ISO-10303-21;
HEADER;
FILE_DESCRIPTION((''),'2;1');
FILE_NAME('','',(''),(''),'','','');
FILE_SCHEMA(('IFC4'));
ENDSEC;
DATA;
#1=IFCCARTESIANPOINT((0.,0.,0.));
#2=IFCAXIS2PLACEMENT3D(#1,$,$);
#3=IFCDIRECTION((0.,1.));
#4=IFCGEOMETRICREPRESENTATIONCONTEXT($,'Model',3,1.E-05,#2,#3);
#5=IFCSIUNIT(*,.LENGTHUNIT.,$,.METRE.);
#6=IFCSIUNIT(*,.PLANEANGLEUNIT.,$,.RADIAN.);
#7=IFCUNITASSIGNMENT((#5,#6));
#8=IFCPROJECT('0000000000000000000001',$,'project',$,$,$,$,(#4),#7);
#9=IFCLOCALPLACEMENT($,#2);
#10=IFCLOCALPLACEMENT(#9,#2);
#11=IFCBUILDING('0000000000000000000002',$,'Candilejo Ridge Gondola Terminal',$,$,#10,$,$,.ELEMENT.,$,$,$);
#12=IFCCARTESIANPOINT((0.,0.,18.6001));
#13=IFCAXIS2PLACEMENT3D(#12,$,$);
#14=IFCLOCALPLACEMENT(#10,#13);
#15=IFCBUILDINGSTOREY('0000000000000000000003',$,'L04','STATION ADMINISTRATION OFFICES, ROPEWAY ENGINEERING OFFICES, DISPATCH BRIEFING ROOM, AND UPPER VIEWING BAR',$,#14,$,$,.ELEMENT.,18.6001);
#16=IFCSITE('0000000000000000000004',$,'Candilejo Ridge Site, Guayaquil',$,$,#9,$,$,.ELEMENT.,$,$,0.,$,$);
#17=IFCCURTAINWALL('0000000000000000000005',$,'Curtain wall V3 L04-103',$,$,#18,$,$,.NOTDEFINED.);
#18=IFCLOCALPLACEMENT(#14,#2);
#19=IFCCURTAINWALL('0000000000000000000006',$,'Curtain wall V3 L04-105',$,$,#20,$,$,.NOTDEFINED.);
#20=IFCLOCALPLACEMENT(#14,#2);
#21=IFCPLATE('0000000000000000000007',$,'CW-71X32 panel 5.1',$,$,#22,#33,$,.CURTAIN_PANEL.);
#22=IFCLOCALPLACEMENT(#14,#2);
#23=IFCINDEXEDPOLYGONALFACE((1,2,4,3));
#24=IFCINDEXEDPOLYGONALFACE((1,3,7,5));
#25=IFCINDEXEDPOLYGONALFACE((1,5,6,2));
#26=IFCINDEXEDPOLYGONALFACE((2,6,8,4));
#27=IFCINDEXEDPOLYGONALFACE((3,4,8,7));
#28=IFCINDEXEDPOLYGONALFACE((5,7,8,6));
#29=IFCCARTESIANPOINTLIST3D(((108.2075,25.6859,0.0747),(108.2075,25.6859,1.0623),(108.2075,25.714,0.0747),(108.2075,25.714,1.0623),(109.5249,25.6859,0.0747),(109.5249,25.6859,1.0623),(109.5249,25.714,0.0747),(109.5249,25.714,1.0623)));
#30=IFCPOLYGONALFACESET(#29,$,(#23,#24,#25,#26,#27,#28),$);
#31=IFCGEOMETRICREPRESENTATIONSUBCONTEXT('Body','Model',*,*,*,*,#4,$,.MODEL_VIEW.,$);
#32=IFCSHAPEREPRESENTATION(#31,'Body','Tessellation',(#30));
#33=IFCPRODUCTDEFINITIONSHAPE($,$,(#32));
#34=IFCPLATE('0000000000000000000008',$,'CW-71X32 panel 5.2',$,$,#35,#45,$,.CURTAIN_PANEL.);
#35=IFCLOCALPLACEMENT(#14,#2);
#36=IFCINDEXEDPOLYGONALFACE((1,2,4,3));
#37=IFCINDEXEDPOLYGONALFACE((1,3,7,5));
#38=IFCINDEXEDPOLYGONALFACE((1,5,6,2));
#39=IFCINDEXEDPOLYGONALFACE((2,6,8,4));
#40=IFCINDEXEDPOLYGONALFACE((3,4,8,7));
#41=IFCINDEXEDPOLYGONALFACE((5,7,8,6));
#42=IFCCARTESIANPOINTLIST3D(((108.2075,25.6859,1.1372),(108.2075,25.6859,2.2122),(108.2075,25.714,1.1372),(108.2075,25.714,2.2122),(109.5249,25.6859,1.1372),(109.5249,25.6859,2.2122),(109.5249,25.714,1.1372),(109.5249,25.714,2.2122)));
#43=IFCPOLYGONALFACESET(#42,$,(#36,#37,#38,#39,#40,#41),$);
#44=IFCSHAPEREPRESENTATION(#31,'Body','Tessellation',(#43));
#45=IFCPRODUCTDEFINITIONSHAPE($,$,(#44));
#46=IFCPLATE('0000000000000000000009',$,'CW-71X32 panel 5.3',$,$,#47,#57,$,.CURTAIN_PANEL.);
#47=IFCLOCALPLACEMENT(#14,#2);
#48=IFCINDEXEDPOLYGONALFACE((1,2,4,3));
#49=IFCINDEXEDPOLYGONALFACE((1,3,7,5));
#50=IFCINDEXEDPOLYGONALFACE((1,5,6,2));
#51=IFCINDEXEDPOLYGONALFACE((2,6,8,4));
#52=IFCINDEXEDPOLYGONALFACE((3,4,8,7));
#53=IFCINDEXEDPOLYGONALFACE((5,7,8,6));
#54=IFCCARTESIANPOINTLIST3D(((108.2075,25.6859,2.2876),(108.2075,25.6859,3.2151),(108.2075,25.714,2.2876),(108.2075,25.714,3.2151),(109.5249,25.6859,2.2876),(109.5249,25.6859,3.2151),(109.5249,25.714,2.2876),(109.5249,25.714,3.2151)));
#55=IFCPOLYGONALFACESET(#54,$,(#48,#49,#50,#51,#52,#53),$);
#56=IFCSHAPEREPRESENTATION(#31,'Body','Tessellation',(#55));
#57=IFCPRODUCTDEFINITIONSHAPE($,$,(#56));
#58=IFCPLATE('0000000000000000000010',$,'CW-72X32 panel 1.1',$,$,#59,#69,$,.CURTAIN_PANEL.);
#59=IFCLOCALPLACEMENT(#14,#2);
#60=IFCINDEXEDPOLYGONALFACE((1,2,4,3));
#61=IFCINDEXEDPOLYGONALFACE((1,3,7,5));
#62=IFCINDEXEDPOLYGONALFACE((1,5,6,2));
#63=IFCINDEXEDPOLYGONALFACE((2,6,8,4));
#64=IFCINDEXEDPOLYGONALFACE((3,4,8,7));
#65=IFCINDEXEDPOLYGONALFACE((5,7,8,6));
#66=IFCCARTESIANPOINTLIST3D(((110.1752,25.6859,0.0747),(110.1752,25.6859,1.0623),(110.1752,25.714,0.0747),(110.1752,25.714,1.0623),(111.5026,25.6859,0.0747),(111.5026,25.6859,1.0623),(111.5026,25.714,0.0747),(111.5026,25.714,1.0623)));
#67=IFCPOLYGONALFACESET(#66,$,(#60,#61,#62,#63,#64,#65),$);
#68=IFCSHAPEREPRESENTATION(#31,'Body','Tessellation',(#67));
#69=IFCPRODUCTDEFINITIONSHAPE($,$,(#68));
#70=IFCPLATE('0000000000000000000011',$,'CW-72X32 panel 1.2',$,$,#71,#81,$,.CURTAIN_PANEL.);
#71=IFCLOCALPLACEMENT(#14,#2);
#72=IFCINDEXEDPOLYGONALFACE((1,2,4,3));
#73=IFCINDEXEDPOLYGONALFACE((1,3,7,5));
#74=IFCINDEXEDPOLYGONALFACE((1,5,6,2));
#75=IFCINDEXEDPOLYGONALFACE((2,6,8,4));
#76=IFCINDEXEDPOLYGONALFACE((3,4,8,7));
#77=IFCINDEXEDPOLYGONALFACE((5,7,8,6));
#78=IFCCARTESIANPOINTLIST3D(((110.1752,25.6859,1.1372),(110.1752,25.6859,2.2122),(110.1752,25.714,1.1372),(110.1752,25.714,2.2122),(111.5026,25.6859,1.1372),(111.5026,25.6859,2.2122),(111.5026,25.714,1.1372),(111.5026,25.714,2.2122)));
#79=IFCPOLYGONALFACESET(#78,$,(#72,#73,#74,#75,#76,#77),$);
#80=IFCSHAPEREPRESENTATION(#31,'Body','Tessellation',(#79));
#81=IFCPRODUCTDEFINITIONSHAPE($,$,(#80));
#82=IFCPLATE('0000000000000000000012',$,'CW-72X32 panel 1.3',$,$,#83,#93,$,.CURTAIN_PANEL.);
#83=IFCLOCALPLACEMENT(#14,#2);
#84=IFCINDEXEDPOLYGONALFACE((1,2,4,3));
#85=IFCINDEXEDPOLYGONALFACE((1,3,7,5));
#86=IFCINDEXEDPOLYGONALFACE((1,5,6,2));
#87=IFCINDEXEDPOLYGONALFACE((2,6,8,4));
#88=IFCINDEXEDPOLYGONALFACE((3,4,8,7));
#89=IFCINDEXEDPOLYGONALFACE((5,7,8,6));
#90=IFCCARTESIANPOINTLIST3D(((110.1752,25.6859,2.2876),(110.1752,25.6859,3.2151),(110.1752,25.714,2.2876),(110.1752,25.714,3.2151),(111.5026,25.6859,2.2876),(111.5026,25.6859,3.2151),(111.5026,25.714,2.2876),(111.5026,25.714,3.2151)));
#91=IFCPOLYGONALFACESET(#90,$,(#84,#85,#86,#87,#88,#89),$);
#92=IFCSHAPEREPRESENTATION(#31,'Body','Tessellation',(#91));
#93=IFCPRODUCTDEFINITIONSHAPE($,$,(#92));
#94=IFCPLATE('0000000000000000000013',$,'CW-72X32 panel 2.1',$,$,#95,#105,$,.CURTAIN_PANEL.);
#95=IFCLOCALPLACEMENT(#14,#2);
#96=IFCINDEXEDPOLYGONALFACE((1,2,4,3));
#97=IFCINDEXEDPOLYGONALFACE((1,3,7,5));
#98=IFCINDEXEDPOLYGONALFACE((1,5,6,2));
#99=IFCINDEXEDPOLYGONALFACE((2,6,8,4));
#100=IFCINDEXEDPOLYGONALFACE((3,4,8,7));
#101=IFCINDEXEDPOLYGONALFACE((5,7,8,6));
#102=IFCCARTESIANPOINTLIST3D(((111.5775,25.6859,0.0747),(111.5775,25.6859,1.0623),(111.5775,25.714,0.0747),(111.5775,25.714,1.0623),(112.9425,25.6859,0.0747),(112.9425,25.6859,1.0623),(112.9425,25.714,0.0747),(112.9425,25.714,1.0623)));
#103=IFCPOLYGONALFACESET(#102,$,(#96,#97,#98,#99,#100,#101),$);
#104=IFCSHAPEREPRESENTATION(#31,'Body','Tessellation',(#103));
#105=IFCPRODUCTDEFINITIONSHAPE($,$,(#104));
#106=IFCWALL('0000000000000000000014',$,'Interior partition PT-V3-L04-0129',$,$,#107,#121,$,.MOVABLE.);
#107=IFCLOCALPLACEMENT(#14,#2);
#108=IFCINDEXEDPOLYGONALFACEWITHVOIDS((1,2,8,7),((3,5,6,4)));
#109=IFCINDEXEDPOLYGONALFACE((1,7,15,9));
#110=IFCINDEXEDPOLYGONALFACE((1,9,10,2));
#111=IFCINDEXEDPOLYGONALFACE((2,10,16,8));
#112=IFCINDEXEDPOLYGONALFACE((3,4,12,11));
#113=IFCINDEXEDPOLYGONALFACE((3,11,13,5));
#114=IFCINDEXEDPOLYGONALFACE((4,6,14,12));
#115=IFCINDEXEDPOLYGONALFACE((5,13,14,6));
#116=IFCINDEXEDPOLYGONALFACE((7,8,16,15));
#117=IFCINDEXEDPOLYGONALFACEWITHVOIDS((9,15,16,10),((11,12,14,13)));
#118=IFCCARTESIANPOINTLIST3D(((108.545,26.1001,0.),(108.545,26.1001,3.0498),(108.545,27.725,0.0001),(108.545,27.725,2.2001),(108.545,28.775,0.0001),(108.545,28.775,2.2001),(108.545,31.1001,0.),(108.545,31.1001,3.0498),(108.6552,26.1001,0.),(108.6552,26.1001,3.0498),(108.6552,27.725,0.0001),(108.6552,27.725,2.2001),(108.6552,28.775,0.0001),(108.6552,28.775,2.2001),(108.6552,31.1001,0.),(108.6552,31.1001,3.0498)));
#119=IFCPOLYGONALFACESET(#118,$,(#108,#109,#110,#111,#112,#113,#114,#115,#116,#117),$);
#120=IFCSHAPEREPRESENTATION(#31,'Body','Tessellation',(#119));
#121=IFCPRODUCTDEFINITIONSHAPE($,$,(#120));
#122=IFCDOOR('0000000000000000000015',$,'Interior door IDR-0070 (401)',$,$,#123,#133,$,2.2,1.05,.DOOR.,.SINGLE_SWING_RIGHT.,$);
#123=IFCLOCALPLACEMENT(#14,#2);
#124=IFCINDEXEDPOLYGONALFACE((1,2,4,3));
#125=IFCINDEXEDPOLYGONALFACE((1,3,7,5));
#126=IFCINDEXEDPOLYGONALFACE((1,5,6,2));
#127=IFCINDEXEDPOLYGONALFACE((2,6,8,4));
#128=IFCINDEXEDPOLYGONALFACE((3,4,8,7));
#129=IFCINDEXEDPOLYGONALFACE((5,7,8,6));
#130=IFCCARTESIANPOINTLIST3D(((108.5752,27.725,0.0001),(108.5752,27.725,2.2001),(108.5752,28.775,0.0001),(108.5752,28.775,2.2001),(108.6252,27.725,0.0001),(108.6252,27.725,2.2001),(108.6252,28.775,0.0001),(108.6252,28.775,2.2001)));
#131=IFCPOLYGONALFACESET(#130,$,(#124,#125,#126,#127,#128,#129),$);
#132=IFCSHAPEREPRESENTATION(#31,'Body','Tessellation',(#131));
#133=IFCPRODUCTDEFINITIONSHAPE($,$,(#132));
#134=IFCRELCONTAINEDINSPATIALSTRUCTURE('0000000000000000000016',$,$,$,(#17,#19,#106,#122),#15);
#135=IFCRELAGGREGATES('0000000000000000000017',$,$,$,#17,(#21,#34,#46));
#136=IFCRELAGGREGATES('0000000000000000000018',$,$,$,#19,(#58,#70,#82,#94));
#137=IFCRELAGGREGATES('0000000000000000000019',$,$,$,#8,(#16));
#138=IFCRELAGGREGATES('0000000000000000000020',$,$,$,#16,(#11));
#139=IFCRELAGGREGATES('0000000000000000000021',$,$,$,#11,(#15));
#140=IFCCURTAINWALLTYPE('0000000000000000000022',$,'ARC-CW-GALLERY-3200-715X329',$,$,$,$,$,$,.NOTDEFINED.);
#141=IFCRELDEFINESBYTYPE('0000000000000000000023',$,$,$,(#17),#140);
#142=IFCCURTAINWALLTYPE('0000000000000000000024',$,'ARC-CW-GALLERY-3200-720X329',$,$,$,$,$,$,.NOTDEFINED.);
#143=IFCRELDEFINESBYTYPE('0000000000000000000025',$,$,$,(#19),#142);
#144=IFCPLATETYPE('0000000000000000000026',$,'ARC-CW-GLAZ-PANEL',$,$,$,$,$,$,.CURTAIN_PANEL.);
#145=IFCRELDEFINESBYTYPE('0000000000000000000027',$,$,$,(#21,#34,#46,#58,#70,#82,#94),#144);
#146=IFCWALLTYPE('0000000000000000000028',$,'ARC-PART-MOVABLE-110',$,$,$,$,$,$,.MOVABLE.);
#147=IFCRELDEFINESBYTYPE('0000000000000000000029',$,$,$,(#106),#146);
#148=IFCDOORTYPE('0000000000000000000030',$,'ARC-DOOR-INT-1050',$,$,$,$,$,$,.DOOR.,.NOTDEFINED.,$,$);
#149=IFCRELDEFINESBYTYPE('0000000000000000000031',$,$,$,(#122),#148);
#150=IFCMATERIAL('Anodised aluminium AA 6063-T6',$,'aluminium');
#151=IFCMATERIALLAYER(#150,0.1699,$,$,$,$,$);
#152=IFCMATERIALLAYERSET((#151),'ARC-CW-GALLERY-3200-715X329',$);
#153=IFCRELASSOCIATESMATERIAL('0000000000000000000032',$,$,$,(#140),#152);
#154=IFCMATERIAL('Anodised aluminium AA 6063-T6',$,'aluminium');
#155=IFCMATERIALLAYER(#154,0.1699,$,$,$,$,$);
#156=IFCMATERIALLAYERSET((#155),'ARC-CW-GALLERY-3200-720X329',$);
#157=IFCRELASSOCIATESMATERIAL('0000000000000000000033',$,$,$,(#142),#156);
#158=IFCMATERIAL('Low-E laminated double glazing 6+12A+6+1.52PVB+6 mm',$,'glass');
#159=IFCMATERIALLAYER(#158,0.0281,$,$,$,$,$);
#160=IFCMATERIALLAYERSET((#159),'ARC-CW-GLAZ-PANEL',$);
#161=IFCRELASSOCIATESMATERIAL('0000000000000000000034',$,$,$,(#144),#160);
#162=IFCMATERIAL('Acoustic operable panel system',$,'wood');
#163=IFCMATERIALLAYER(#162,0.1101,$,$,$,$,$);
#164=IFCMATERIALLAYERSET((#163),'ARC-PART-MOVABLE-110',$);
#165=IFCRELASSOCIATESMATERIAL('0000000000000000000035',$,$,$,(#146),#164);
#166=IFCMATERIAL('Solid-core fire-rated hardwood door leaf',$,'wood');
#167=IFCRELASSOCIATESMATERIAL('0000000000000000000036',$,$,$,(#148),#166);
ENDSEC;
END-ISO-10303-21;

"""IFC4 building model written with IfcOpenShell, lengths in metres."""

from ifc_helpers import new_model, si_unit, direction, frame, frame_2d, origin, origin_2d, place, context, subcontext, project, spatial, rectangle, extrude, material, layer, layer_set, type_object, element, fill, aggregate, save


model = new_model("IFC4")

# Units and contexts
model_context = context("Model", 3, precision=1e-05, world=origin(), true_north=direction((0.0, 1.0)))
body_context = subcontext(model_context, "Body", "Model", "MODEL_VIEW")
ifc_project = project(units=[si_unit("LENGTHUNIT", "METRE"), si_unit("PLANEANGLEUNIT", "RADIAN")], contexts=[model_context])

# Site, building, storey
site_placement = place(None, origin())
site = spatial("IfcSite", under=ifc_project, at=site_placement, Name="Candilejo Ridge Site, Guayaquil", CompositionType="ELEMENT", RefElevation=0.0)
building_placement = place(site_placement, origin())
building = spatial("IfcBuilding", under=site, at=building_placement, Name="Candilejo Ridge Gondola Terminal", CompositionType="ELEMENT")
storey_placement = place(building_placement, frame((0.0, 0.0, 18.6001)))
storey = spatial("IfcBuildingStorey", under=building, at=storey_placement, Name="L04", Description="STATION ADMINISTRATION OFFICES, ROPEWAY ENGINEERING OFFICES, DISPATCH BRIEFING ROOM, AND UPPER VIEWING BAR", CompositionType="ELEMENT", Elevation=18.6001)

# Curtain walls
ifc_material_1 = material(Name="Anodised aluminium AA 6063-T6", Category="aluminium")
ifc_layer_1 = layer(ifc_material_1, 0.1699)
ifc_layer_set_1 = layer_set([ifc_layer_1], Name="ARC-CW-GALLERY-3200-715X329")
curtain_wall_type_1 = type_object("IfcCurtainWallType", Name="ARC-CW-GALLERY-3200-715X329", PredefinedType="NOTDEFINED", material=ifc_layer_set_1)
curtain_wall_1_placement = place(storey_placement, origin())
curtain_wall_1 = element("IfcCurtainWall", 1, at=curtain_wall_1_placement, inside=storey, type_object=curtain_wall_type_1, Name="Curtain wall V3 L04-103", PredefinedType="NOTDEFINED")
ifc_material_2 = material(Name="Anodised aluminium AA 6063-T6", Category="aluminium")
ifc_layer_2 = layer(ifc_material_2, 0.1699)
ifc_layer_set_2 = layer_set([ifc_layer_2], Name="ARC-CW-GALLERY-3200-720X329")
curtain_wall_type_2 = type_object("IfcCurtainWallType", Name="ARC-CW-GALLERY-3200-720X329", PredefinedType="NOTDEFINED", material=ifc_layer_set_2)
curtain_wall_2_placement = place(storey_placement, origin())
curtain_wall_2 = element("IfcCurtainWall", 2, at=curtain_wall_2_placement, inside=storey, type_object=curtain_wall_type_2, Name="Curtain wall V3 L04-105", PredefinedType="NOTDEFINED")

# Plates
ifc_material_3 = material(Name="Low-E laminated double glazing 6+12A+6+1.52PVB+6 mm", Category="glass")
ifc_layer_3 = layer(ifc_material_3, 0.0281)
ifc_layer_set_3 = layer_set([ifc_layer_3], Name="ARC-CW-GLAZ-PANEL")
plate_type = type_object("IfcPlateType", Name="ARC-CW-GLAZ-PANEL", PredefinedType="CURTAIN_PANEL", material=ifc_layer_set_3)
plate_1_placement = place(storey_placement, frame((108.8662, 25.7, 0.0747), z_axis=(0.0, 0.0, 1.0), x_axis=(1.0, 0.0, 0.0)))
plate_1 = element("IfcPlate", 3, at=plate_1_placement, type_object=plate_type, Name="CW-71X32 panel 5.1", PredefinedType="CURTAIN_PANEL", context=body_context, shape_type="SweptSolid", body=[
    extrude(rectangle(XDim=1.3174, YDim=0.0281, at=origin_2d()), origin(), (0.0, 0.0, 1.0), 0.9875),
])
plate_2_placement = place(storey_placement, frame((108.8662, 25.7, 1.1372), z_axis=(0.0, 0.0, 1.0), x_axis=(1.0, 0.0, 0.0)))
plate_2 = element("IfcPlate", 4, at=plate_2_placement, type_object=plate_type, Name="CW-71X32 panel 5.2", PredefinedType="CURTAIN_PANEL", context=body_context, shape_type="SweptSolid", body=[
    extrude(rectangle(XDim=1.3174, YDim=0.0281, at=origin_2d()), origin(), (0.0, 0.0, 1.0), 1.075),
])
plate_3_placement = place(storey_placement, frame((108.8662, 25.7, 2.2876), z_axis=(0.0, 0.0, 1.0), x_axis=(1.0, 0.0, 0.0)))
plate_3 = element("IfcPlate", 5, at=plate_3_placement, type_object=plate_type, Name="CW-71X32 panel 5.3", PredefinedType="CURTAIN_PANEL", context=body_context, shape_type="SweptSolid", body=[
    extrude(rectangle(XDim=1.3174, YDim=0.0281, at=origin_2d()), origin(), (0.0, 0.0, 1.0), 0.9275),
])
aggregate(curtain_wall_1, [plate_1, plate_2, plate_3])
plate_4_placement = place(storey_placement, frame((110.8389, 25.7, 0.0747), z_axis=(0.0, 0.0, 1.0), x_axis=(1.0, 0.0, 0.0)))
plate_4 = element("IfcPlate", 6, at=plate_4_placement, type_object=plate_type, Name="CW-72X32 panel 1.1", PredefinedType="CURTAIN_PANEL", context=body_context, shape_type="SweptSolid", body=[
    extrude(rectangle(XDim=1.3274, YDim=0.0281, at=origin_2d()), origin(), (0.0, 0.0, 1.0), 0.9875),
])
plate_5_placement = place(storey_placement, frame((110.8389, 25.7, 1.1372), z_axis=(0.0, 0.0, 1.0), x_axis=(1.0, 0.0, 0.0)))
plate_5 = element("IfcPlate", 7, at=plate_5_placement, type_object=plate_type, Name="CW-72X32 panel 1.2", PredefinedType="CURTAIN_PANEL", context=body_context, shape_type="SweptSolid", body=[
    extrude(rectangle(XDim=1.3274, YDim=0.0281, at=origin_2d()), origin(), (0.0, 0.0, 1.0), 1.075),
])
plate_6_placement = place(storey_placement, frame((110.8389, 25.7, 2.2876), z_axis=(0.0, 0.0, 1.0), x_axis=(1.0, 0.0, 0.0)))
plate_6 = element("IfcPlate", 8, at=plate_6_placement, type_object=plate_type, Name="CW-72X32 panel 1.3", PredefinedType="CURTAIN_PANEL", context=body_context, shape_type="SweptSolid", body=[
    extrude(rectangle(XDim=1.3274, YDim=0.0281, at=origin_2d()), origin(), (0.0, 0.0, 1.0), 0.9275),
])
plate_7_placement = place(storey_placement, frame((112.26, 25.7, 0.0747), z_axis=(0.0, 0.0, 1.0), x_axis=(1.0, 0.0, 0.0)))
plate_7 = element("IfcPlate", 9, at=plate_7_placement, type_object=plate_type, Name="CW-72X32 panel 2.1", PredefinedType="CURTAIN_PANEL", context=body_context, shape_type="SweptSolid", body=[
    extrude(rectangle(XDim=1.365, YDim=0.0281, at=origin_2d()), origin(), (0.0, 0.0, 1.0), 0.9875),
])
aggregate(curtain_wall_2, [plate_4, plate_5, plate_6, plate_7])

# Wall, opening, door
ifc_material_4 = material(Name="Acoustic operable panel system", Category="wood")
ifc_layer_4 = layer(ifc_material_4, 0.1101)
ifc_layer_set_4 = layer_set([ifc_layer_4], Name="ARC-PART-MOVABLE-110")
wall_type = type_object("IfcWallType", Name="ARC-PART-MOVABLE-110", PredefinedType="MOVABLE", material=ifc_layer_set_4)
wall_placement = place(storey_placement, frame((108.6001, 26.1001, 0.0), z_axis=(0.0, 0.0, 1.0), x_axis=(0.0, 1.0, 0.0)))
wall = element("IfcWall", 10, at=wall_placement, inside=storey, type_object=wall_type, Name="Interior partition PT-V3-L04-0129", PredefinedType="MOVABLE", context=body_context, shape_type="SweptSolid", body=[
    extrude(rectangle(XDim=5.0, YDim=0.1101, at=frame_2d((2.5, 0.0))), origin(), (0.0, 0.0, 1.0), 3.0498),
])
opening_placement = place(wall_placement, frame((1.625, 0.0, 0.0)))
opening = element("IfcOpeningElement", 11, at=opening_placement, cuts=wall, PredefinedType="OPENING", context=body_context, shape_type="SweptSolid", body=[
    extrude(rectangle(XDim=1.05, YDim=2.2, at=frame_2d((0.5249, 1.1001))), frame((0.0, 0.0649, 0.0), z_axis=(0.0, -1.0, 0.0), x_axis=(1.0, 0.0, 0.0)), (0.0, 0.0, 1.0), 0.1301),
])
ifc_material_5 = material(Name="Solid-core fire-rated hardwood door leaf", Category="wood")
door_type = type_object("IfcDoorType", Name="ARC-DOOR-INT-1050", OperationType="NOTDEFINED", PredefinedType="DOOR", material=ifc_material_5)
door_placement = place(opening_placement, origin())
door = element("IfcDoor", 12, at=door_placement, inside=storey, type_object=door_type, Name="Interior door IDR-0070 (401)", OperationType="SINGLE_SWING_RIGHT", OverallHeight=2.2, OverallWidth=1.05, PredefinedType="DOOR", context=body_context, shape_type="SweptSolid", body=[
    extrude(rectangle(XDim=1.05, YDim=2.2, at=frame_2d((0.5249, 1.1001))), frame((0.0, 0.0249, 0.0), z_axis=(0.0, -1.0, 0.0), x_axis=(1.0, 0.0, 0.0)), (0.0, 0.0, 1.0), 0.05),
])
fill(opening, door)

save(model, "model.ifc")
